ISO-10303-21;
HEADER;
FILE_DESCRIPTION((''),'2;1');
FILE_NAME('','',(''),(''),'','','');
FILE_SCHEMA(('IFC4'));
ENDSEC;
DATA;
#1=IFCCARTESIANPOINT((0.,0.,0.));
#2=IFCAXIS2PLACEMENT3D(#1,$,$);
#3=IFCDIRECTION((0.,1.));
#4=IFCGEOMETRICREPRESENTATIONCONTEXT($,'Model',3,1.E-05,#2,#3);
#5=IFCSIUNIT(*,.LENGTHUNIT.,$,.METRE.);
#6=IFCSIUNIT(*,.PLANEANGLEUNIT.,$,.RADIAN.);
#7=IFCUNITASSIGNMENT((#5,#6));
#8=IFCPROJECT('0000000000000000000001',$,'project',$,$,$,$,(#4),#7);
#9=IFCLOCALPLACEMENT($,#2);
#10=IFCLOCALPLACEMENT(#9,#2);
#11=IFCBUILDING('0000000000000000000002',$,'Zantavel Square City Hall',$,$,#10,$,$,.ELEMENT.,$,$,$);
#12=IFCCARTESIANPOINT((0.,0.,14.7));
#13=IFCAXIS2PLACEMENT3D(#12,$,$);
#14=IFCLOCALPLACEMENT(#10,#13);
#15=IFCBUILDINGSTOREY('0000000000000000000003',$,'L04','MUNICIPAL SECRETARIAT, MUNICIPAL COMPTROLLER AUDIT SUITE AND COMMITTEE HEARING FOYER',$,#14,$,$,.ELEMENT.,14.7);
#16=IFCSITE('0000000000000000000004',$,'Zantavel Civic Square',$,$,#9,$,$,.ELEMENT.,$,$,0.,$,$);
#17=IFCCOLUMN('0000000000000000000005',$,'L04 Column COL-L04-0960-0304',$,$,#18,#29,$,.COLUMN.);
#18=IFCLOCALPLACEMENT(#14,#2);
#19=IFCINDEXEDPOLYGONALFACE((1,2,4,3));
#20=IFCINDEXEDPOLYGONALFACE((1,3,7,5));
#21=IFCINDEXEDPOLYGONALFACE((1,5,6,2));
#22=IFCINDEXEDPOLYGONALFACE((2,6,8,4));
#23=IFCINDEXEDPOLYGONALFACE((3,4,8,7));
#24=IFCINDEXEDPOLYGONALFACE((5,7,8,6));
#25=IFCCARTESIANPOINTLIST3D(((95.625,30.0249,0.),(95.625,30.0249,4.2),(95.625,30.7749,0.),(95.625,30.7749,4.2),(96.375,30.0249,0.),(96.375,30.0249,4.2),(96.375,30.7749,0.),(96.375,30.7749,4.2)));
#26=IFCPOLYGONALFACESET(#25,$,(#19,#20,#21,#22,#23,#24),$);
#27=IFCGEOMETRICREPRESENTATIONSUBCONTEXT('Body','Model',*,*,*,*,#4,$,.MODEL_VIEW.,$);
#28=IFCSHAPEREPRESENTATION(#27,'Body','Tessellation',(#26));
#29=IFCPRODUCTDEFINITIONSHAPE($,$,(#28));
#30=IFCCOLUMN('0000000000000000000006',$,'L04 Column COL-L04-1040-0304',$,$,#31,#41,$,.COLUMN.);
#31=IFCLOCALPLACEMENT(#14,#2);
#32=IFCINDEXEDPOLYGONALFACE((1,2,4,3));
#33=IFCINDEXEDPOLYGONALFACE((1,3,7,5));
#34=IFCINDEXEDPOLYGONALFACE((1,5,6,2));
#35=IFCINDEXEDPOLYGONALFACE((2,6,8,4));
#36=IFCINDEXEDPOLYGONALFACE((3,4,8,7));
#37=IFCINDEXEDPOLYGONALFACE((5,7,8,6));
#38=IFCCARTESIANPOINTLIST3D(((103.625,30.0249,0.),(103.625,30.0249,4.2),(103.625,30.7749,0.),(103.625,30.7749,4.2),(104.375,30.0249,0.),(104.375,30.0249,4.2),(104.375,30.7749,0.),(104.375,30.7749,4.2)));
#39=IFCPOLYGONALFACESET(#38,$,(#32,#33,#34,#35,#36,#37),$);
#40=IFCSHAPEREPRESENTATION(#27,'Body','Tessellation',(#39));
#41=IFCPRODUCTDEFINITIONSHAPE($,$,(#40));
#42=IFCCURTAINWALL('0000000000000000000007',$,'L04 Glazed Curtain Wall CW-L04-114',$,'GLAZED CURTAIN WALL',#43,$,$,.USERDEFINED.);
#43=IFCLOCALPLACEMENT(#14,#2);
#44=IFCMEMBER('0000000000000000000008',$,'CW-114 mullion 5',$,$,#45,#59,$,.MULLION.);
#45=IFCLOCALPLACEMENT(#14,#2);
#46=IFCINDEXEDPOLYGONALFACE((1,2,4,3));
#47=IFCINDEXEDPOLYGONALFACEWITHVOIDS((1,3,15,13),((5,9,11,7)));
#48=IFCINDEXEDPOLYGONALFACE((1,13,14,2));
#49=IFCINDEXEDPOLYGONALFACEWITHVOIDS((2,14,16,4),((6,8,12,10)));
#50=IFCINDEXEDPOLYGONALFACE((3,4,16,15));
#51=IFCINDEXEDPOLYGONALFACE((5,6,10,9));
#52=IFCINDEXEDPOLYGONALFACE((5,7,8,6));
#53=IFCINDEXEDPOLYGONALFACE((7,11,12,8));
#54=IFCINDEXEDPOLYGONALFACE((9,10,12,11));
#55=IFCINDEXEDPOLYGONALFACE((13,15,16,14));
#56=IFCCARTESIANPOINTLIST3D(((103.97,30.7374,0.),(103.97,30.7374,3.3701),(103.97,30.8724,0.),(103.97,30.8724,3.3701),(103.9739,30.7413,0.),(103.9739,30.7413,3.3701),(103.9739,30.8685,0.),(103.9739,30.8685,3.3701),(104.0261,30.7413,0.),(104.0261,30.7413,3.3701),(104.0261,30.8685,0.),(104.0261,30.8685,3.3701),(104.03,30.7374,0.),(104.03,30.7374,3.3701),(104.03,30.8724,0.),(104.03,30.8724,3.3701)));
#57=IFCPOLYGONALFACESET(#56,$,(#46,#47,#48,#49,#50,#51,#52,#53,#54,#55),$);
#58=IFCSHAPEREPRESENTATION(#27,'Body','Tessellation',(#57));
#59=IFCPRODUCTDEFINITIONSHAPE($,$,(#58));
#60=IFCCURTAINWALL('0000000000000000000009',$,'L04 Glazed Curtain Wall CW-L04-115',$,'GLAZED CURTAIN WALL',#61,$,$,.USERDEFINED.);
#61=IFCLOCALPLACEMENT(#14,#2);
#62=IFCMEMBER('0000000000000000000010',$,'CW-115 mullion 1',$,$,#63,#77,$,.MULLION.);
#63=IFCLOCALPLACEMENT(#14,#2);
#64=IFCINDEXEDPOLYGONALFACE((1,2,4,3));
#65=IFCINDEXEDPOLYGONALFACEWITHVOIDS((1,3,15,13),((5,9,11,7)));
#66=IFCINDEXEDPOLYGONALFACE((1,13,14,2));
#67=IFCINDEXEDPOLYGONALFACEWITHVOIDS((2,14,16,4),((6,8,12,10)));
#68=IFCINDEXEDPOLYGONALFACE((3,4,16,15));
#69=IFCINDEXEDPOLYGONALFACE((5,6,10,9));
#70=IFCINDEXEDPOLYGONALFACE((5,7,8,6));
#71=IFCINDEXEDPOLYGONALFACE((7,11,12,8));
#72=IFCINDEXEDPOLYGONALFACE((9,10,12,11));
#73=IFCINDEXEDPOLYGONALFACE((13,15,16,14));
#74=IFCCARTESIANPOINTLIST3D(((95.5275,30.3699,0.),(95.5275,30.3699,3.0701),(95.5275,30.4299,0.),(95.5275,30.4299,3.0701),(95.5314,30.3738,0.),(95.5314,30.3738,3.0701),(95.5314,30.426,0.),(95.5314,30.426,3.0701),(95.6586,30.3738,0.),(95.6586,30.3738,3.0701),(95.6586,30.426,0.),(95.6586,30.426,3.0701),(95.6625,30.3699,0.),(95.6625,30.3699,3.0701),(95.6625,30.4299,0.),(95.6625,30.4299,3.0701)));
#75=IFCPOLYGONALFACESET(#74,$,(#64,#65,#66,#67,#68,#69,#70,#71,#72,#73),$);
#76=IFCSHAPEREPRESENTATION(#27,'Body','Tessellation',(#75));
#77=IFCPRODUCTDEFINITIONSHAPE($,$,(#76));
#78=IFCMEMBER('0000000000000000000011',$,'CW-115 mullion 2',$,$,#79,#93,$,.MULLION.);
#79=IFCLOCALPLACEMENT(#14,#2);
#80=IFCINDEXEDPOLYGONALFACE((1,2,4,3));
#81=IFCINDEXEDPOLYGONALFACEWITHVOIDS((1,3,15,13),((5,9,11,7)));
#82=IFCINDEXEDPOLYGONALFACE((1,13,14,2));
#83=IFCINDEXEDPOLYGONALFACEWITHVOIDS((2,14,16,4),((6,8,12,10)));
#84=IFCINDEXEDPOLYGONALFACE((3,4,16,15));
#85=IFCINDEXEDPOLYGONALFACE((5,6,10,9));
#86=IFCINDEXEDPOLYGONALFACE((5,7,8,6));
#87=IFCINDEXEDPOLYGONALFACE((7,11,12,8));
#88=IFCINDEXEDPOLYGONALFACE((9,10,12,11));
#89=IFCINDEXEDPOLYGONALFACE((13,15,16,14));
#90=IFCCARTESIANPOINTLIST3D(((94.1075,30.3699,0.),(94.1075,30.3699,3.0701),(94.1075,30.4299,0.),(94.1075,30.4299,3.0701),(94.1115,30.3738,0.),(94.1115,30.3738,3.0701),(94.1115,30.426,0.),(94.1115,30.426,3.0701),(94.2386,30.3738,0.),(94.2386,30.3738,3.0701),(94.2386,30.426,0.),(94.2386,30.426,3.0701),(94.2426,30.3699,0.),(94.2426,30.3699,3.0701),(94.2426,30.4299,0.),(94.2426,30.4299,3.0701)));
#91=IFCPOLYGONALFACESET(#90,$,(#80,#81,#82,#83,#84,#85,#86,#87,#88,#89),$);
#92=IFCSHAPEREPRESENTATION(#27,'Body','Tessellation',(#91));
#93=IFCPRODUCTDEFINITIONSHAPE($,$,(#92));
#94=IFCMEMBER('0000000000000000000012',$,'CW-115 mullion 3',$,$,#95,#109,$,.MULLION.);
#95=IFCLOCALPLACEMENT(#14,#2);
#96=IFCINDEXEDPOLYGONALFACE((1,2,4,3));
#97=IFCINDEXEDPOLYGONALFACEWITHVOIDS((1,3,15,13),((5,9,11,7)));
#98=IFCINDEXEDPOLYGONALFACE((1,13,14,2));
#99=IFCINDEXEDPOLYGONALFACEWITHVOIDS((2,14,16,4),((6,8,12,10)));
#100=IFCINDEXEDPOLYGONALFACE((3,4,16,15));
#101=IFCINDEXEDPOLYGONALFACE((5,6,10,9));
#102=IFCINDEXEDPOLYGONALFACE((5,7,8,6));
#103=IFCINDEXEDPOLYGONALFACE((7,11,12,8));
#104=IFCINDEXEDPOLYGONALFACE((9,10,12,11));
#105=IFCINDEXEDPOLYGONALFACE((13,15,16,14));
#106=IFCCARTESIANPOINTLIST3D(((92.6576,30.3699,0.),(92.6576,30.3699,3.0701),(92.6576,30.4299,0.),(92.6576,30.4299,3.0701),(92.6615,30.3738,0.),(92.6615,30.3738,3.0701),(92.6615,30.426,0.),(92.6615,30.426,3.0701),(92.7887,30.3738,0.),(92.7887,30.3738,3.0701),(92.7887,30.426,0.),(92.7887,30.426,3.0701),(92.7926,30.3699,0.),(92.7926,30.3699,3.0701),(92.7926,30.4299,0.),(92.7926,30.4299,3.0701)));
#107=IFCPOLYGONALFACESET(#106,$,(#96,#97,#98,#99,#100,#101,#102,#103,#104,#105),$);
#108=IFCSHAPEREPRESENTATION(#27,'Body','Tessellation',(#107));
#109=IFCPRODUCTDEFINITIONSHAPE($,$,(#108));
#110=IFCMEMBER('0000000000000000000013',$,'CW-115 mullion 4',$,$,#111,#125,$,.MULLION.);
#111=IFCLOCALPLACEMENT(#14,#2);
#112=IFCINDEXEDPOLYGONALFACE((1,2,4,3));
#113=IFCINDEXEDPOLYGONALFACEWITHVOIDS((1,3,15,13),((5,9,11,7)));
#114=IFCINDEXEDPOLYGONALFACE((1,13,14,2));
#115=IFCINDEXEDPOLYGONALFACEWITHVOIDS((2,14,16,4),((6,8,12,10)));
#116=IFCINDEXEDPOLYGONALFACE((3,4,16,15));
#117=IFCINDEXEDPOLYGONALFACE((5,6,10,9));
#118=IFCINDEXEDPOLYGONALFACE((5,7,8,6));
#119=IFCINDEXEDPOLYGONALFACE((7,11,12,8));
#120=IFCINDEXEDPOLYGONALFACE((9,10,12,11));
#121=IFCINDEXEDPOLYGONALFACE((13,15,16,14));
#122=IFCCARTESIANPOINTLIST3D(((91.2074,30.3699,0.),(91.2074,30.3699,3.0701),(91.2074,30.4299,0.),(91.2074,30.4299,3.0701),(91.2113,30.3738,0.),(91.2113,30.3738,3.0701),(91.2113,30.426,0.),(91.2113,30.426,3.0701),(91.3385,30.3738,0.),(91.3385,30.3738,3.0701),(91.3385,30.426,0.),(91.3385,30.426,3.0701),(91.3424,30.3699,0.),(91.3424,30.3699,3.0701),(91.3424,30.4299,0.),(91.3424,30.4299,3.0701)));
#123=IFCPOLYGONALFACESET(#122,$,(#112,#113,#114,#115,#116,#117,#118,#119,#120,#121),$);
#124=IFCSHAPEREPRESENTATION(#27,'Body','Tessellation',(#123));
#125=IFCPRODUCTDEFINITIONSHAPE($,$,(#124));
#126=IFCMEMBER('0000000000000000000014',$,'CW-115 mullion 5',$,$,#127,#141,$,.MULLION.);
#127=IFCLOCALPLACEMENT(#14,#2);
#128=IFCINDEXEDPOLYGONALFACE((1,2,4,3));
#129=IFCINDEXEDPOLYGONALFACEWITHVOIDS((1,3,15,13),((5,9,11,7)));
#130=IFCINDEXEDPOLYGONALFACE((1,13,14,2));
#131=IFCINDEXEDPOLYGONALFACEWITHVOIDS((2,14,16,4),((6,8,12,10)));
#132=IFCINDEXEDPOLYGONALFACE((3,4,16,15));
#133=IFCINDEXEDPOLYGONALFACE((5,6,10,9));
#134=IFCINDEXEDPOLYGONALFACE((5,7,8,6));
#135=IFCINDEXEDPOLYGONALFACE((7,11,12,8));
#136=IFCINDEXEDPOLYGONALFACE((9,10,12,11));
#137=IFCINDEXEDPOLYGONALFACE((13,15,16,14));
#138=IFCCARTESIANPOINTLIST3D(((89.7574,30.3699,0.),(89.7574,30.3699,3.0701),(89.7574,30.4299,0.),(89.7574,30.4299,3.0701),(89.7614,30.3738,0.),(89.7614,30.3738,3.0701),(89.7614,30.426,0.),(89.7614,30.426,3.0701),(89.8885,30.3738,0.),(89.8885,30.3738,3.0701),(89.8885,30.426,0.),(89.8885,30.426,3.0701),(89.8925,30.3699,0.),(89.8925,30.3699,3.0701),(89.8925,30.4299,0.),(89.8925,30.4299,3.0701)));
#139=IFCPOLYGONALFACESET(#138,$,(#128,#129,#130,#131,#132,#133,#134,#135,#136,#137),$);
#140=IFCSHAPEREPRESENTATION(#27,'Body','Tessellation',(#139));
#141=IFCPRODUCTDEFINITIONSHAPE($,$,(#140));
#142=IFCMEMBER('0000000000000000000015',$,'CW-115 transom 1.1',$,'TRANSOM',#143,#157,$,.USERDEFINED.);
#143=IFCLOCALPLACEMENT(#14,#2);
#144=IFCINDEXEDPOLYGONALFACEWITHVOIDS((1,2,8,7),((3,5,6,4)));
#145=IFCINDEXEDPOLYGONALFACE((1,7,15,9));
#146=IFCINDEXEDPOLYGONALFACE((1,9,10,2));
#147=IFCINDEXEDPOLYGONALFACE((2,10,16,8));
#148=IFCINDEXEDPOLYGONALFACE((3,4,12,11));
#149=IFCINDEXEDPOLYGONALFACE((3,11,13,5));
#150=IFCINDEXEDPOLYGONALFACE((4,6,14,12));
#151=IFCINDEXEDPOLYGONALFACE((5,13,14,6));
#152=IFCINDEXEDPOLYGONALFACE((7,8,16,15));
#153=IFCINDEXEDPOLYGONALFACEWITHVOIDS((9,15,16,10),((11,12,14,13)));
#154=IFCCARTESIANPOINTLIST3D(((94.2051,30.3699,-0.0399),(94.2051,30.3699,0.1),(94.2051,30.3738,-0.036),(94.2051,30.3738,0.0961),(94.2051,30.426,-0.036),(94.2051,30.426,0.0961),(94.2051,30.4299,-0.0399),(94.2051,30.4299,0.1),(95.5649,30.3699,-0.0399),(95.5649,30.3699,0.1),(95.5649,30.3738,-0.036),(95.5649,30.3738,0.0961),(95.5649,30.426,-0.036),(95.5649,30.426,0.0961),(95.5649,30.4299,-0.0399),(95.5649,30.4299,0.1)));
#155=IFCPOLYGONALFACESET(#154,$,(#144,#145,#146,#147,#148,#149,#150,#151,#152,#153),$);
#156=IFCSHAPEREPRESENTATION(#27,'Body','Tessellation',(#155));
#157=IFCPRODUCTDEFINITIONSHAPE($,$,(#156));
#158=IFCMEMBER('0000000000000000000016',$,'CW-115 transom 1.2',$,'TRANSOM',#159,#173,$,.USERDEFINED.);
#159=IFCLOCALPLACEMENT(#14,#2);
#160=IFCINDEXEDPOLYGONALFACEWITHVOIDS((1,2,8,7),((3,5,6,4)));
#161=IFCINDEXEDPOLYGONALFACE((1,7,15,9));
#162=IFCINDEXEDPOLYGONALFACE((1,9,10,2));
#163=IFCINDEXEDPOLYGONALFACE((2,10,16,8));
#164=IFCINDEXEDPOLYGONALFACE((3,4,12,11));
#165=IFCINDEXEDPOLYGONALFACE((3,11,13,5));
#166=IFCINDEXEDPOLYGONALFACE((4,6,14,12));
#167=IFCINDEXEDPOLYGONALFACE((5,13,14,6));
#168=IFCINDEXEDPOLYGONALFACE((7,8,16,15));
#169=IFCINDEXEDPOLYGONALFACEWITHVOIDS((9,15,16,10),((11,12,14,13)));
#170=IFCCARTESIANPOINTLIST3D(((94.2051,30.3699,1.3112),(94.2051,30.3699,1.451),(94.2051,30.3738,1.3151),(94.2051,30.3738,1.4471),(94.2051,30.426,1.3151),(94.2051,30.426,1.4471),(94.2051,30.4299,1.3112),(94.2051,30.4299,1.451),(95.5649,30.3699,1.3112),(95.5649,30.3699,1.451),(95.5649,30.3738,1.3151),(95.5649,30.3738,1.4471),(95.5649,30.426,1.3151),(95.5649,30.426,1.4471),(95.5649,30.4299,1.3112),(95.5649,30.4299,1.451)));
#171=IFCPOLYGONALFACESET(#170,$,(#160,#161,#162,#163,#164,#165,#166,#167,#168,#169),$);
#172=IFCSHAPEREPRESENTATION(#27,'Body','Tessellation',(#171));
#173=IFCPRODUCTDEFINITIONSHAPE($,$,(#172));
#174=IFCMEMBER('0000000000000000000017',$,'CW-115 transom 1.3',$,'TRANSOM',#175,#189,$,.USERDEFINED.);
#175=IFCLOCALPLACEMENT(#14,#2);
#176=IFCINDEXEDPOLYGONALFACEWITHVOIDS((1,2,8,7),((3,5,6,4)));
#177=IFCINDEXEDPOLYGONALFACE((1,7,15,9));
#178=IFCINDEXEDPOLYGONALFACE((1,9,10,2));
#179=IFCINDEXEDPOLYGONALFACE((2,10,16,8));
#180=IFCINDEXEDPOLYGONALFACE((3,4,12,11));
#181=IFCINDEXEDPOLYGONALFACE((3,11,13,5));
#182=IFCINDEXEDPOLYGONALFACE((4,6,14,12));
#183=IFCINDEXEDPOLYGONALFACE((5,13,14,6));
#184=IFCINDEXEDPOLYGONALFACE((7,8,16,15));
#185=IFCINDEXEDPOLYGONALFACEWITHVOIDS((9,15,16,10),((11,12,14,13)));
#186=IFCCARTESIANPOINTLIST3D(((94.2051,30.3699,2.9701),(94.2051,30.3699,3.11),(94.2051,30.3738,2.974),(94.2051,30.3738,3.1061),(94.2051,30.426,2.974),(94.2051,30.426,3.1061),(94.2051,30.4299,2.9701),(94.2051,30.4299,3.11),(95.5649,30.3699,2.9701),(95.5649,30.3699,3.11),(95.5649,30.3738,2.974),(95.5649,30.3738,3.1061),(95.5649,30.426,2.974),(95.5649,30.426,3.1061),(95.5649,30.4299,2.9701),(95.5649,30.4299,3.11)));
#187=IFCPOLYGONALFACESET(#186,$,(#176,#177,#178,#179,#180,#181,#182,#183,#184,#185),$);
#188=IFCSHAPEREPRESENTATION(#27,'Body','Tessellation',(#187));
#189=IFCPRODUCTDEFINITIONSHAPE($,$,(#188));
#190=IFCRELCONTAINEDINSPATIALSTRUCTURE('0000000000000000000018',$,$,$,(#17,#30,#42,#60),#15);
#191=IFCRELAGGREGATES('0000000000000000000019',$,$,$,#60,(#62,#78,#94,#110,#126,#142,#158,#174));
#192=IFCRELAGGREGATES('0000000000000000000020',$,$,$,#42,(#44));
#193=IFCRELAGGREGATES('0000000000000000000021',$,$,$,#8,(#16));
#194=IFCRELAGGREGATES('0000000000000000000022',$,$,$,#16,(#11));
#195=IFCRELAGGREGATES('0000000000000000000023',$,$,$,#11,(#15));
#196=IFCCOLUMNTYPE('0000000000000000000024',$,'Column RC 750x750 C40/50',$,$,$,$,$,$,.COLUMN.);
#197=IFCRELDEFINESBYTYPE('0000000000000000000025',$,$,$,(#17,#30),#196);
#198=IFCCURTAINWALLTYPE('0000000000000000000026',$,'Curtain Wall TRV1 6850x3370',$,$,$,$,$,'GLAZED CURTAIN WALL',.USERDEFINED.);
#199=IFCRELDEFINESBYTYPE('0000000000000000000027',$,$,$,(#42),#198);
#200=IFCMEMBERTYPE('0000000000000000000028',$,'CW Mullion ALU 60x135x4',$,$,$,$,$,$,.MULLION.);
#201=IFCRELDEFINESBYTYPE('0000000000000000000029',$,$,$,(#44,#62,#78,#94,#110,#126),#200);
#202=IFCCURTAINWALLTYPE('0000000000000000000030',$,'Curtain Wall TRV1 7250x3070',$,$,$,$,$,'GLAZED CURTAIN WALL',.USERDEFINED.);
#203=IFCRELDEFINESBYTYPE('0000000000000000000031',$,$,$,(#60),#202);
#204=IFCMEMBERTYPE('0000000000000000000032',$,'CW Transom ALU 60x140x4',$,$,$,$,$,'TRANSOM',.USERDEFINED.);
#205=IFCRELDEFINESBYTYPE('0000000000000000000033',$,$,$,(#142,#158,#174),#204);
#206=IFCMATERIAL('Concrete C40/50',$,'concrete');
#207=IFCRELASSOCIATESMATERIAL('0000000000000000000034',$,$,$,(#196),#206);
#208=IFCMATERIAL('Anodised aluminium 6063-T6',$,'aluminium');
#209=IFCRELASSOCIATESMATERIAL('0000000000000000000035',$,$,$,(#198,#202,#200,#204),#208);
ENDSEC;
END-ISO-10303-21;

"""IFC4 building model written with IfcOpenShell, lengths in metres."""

from ifc_helpers import new_model, si_unit, direction, frame, origin, origin_2d, place, context, subcontext, project, spatial, rectangle, hollow_rectangle, extrude, material, material_profile, profile_set, type_object, element, aggregate, save


model = new_model("IFC4")

# Units and contexts
model_context = context("Model", 3, precision=1e-05, world=origin(), true_north=direction((0.0, 1.0)))
body_context = subcontext(model_context, "Body", "Model", "MODEL_VIEW")
ifc_project = project(units=[si_unit("LENGTHUNIT", "METRE"), si_unit("PLANEANGLEUNIT", "RADIAN")], contexts=[model_context])

# Site, building, storey
site_placement = place(None, origin())
site = spatial("IfcSite", under=ifc_project, at=site_placement, Name="Zantavel Civic Square", CompositionType="ELEMENT", RefElevation=0.0)
building_placement = place(site_placement, origin())
building = spatial("IfcBuilding", under=site, at=building_placement, Name="Zantavel Square City Hall", CompositionType="ELEMENT")
storey_placement = place(building_placement, frame((0.0, 0.0, 14.7)))
storey = spatial("IfcBuildingStorey", under=building, at=storey_placement, Name="L04", Description="MUNICIPAL SECRETARIAT, MUNICIPAL COMPTROLLER AUDIT SUITE AND COMMITTEE HEARING FOYER", CompositionType="ELEMENT", Elevation=14.7)

# Columns
ifc_material_1 = material(Name="Concrete C40/50", Category="concrete")
ifc_material_profile_1 = material_profile(ifc_material_1, rectangle(XDim=0.75, YDim=0.75, at=origin_2d()), Name="RC 750x750")
ifc_profile_set_1 = profile_set([ifc_material_profile_1], Name="Concrete C40/50")
column_type = type_object("IfcColumnType", Name="Column RC 750x750 C40/50", PredefinedType="COLUMN", material=ifc_profile_set_1)
for number, where, z_axis, x_axis, name in (
    (1, (96.0, 30.3999, 0.0), (0.0, 0.0, 1.0), (1.0, 0.0, 0.0), "L04 Column COL-L04-0960-0304"),
    (2, (104.0, 30.3999, 0.0), (0.0, 0.0, 1.0), (1.0, 0.0, 0.0), "L04 Column COL-L04-1040-0304"),
):
    element("IfcColumn", number, at=place(storey_placement, frame(where, z_axis=z_axis, x_axis=x_axis)), inside=storey, type_object=column_type, Name=name, PredefinedType="COLUMN", context=body_context, shape_type="SweptSolid", body=[
        extrude(rectangle(XDim=0.75, YDim=0.75, at=origin_2d()), origin(), (0.0, 0.0, 1.0), 4.2),
    ])

# Curtain wall, member
ifc_material_2 = material(Name="Anodised aluminium 6063-T6", Category="aluminium")
curtain_wall_type_1 = type_object("IfcCurtainWallType", Name="Curtain Wall TRV1 6850x3370", ElementType="GLAZED CURTAIN WALL", PredefinedType="USERDEFINED", material=ifc_material_2)
curtain_wall_1_placement = place(storey_placement, origin())
curtain_wall_1 = element("IfcCurtainWall", 3, at=curtain_wall_1_placement, inside=storey, type_object=curtain_wall_type_1, Name="L04 Glazed Curtain Wall CW-L04-114", ObjectType="GLAZED CURTAIN WALL", PredefinedType="USERDEFINED")
ifc_material_profile_2 = material_profile(ifc_material_2, hollow_rectangle(XDim=0.0601, YDim=0.135, WallThickness=0.0039, at=origin_2d()), Name="ALU 60x135x4")
ifc_profile_set_2 = profile_set([ifc_material_profile_2], Name="Anodised aluminium 6063-T6")
member_type_1 = type_object("IfcMemberType", Name="CW Mullion ALU 60x135x4", PredefinedType="MULLION", material=ifc_profile_set_2)
member_1_placement = place(storey_placement, frame((104.0, 30.8049, 0.0), z_axis=(0.0, 0.0, 1.0), x_axis=(1.0, 0.0, 0.0)))
member_1 = element("IfcMember", 4, at=member_1_placement, type_object=member_type_1, Name="CW-114 mullion 5", PredefinedType="MULLION", context=body_context, shape_type="SweptSolid", body=[
    extrude(hollow_rectangle(XDim=0.0601, YDim=0.135, WallThickness=0.0039, at=origin_2d()), origin(), (0.0, 0.0, 1.0), 3.3701),
])

# Curtain wall, members
curtain_wall_type_2 = type_object("IfcCurtainWallType", Name="Curtain Wall TRV1 7250x3070", ElementType="GLAZED CURTAIN WALL", PredefinedType="USERDEFINED", material=ifc_material_2)
curtain_wall_2_placement = place(storey_placement, origin())
curtain_wall_2 = element("IfcCurtainWall", 5, at=curtain_wall_2_placement, inside=storey, type_object=curtain_wall_type_2, Name="L04 Glazed Curtain Wall CW-L04-115", ObjectType="GLAZED CURTAIN WALL", PredefinedType="USERDEFINED")
member_2_placement = place(storey_placement, frame((95.595, 30.3999, 0.0), z_axis=(0.0, 0.0, 1.0), x_axis=(0.0, -1.0, 0.0)))
member_2 = element("IfcMember", 6, at=member_2_placement, type_object=member_type_1, Name="CW-115 mullion 1", PredefinedType="MULLION", context=body_context, shape_type="SweptSolid", body=[
    extrude(hollow_rectangle(XDim=0.0601, YDim=0.135, WallThickness=0.0039, at=origin_2d()), origin(), (0.0, 0.0, 1.0), 3.0701),
])
member_3_placement = place(storey_placement, frame((94.175, 30.3999, 0.0), z_axis=(0.0, 0.0, 1.0), x_axis=(0.0, -1.0, 0.0)))
member_3 = element("IfcMember", 7, at=member_3_placement, type_object=member_type_1, Name="CW-115 mullion 2", PredefinedType="MULLION", context=body_context, shape_type="SweptSolid", body=[
    extrude(hollow_rectangle(XDim=0.0601, YDim=0.135, WallThickness=0.0039, at=origin_2d()), origin(), (0.0, 0.0, 1.0), 3.0701),
])
member_4_placement = place(storey_placement, frame((92.7251, 30.3999, 0.0), z_axis=(0.0, 0.0, 1.0), x_axis=(0.0, -1.0, 0.0)))
member_4 = element("IfcMember", 8, at=member_4_placement, type_object=member_type_1, Name="CW-115 mullion 3", PredefinedType="MULLION", context=body_context, shape_type="SweptSolid", body=[
    extrude(hollow_rectangle(XDim=0.0601, YDim=0.135, WallThickness=0.0039, at=origin_2d()), origin(), (0.0, 0.0, 1.0), 3.0701),
])
member_5_placement = place(storey_placement, frame((91.2749, 30.3999, 0.0), z_axis=(0.0, 0.0, 1.0), x_axis=(0.0, -1.0, 0.0)))
member_5 = element("IfcMember", 9, at=member_5_placement, type_object=member_type_1, Name="CW-115 mullion 4", PredefinedType="MULLION", context=body_context, shape_type="SweptSolid", body=[
    extrude(hollow_rectangle(XDim=0.0601, YDim=0.135, WallThickness=0.0039, at=origin_2d()), origin(), (0.0, 0.0, 1.0), 3.0701),
])
member_6_placement = place(storey_placement, frame((89.825, 30.3999, 0.0), z_axis=(0.0, 0.0, 1.0), x_axis=(0.0, -1.0, 0.0)))
member_6 = element("IfcMember", 10, at=member_6_placement, type_object=member_type_1, Name="CW-115 mullion 5", PredefinedType="MULLION", context=body_context, shape_type="SweptSolid", body=[
    extrude(hollow_rectangle(XDim=0.0601, YDim=0.135, WallThickness=0.0039, at=origin_2d()), origin(), (0.0, 0.0, 1.0), 3.0701),
])
ifc_material_profile_3 = material_profile(ifc_material_2, hollow_rectangle(XDim=0.0601, YDim=0.1399, WallThickness=0.0039, at=origin_2d()), Name="ALU 60x140x4")
ifc_profile_set_3 = profile_set([ifc_material_profile_3], Name="Anodised aluminium 6063-T6")
member_type_2 = type_object("IfcMemberType", Name="CW Transom ALU 60x140x4", ElementType="TRANSOM", PredefinedType="USERDEFINED", material=ifc_profile_set_3)
member_7_placement = place(storey_placement, frame((95.5649, 30.3999, 0.03), z_axis=(-1.0, 0.0, 0.0), x_axis=(0.0, -1.0, 0.0)))
member_7 = element("IfcMember", 11, at=member_7_placement, type_object=member_type_2, Name="CW-115 transom 1.1", ObjectType="TRANSOM", PredefinedType="USERDEFINED", context=body_context, shape_type="SweptSolid", body=[
    extrude(hollow_rectangle(XDim=0.0601, YDim=0.1399, WallThickness=0.0039, at=origin_2d()), origin(), (0.0, 0.0, 1.0), 1.3599),
])
member_8_placement = place(storey_placement, frame((95.5649, 30.3999, 1.3811), z_axis=(-1.0, 0.0, 0.0), x_axis=(0.0, -1.0, 0.0)))
member_8 = element("IfcMember", 12, at=member_8_placement, type_object=member_type_2, Name="CW-115 transom 1.2", ObjectType="TRANSOM", PredefinedType="USERDEFINED", context=body_context, shape_type="SweptSolid", body=[
    extrude(hollow_rectangle(XDim=0.0601, YDim=0.1399, WallThickness=0.0039, at=origin_2d()), origin(), (0.0, 0.0, 1.0), 1.3599),
])
member_9_placement = place(storey_placement, frame((95.5649, 30.3999, 3.04), z_axis=(-1.0, 0.0, 0.0), x_axis=(0.0, -1.0, 0.0)))
member_9 = element("IfcMember", 13, at=member_9_placement, type_object=member_type_2, Name="CW-115 transom 1.3", ObjectType="TRANSOM", PredefinedType="USERDEFINED", context=body_context, shape_type="SweptSolid", body=[
    extrude(hollow_rectangle(XDim=0.0601, YDim=0.1399, WallThickness=0.0039, at=origin_2d()), origin(), (0.0, 0.0, 1.0), 1.3599),
])

aggregate(curtain_wall_2, [member_2, member_3, member_4, member_5, member_6, member_7, member_8, member_9])
aggregate(curtain_wall_1, [member_1])

save(model, "model.ifc")
